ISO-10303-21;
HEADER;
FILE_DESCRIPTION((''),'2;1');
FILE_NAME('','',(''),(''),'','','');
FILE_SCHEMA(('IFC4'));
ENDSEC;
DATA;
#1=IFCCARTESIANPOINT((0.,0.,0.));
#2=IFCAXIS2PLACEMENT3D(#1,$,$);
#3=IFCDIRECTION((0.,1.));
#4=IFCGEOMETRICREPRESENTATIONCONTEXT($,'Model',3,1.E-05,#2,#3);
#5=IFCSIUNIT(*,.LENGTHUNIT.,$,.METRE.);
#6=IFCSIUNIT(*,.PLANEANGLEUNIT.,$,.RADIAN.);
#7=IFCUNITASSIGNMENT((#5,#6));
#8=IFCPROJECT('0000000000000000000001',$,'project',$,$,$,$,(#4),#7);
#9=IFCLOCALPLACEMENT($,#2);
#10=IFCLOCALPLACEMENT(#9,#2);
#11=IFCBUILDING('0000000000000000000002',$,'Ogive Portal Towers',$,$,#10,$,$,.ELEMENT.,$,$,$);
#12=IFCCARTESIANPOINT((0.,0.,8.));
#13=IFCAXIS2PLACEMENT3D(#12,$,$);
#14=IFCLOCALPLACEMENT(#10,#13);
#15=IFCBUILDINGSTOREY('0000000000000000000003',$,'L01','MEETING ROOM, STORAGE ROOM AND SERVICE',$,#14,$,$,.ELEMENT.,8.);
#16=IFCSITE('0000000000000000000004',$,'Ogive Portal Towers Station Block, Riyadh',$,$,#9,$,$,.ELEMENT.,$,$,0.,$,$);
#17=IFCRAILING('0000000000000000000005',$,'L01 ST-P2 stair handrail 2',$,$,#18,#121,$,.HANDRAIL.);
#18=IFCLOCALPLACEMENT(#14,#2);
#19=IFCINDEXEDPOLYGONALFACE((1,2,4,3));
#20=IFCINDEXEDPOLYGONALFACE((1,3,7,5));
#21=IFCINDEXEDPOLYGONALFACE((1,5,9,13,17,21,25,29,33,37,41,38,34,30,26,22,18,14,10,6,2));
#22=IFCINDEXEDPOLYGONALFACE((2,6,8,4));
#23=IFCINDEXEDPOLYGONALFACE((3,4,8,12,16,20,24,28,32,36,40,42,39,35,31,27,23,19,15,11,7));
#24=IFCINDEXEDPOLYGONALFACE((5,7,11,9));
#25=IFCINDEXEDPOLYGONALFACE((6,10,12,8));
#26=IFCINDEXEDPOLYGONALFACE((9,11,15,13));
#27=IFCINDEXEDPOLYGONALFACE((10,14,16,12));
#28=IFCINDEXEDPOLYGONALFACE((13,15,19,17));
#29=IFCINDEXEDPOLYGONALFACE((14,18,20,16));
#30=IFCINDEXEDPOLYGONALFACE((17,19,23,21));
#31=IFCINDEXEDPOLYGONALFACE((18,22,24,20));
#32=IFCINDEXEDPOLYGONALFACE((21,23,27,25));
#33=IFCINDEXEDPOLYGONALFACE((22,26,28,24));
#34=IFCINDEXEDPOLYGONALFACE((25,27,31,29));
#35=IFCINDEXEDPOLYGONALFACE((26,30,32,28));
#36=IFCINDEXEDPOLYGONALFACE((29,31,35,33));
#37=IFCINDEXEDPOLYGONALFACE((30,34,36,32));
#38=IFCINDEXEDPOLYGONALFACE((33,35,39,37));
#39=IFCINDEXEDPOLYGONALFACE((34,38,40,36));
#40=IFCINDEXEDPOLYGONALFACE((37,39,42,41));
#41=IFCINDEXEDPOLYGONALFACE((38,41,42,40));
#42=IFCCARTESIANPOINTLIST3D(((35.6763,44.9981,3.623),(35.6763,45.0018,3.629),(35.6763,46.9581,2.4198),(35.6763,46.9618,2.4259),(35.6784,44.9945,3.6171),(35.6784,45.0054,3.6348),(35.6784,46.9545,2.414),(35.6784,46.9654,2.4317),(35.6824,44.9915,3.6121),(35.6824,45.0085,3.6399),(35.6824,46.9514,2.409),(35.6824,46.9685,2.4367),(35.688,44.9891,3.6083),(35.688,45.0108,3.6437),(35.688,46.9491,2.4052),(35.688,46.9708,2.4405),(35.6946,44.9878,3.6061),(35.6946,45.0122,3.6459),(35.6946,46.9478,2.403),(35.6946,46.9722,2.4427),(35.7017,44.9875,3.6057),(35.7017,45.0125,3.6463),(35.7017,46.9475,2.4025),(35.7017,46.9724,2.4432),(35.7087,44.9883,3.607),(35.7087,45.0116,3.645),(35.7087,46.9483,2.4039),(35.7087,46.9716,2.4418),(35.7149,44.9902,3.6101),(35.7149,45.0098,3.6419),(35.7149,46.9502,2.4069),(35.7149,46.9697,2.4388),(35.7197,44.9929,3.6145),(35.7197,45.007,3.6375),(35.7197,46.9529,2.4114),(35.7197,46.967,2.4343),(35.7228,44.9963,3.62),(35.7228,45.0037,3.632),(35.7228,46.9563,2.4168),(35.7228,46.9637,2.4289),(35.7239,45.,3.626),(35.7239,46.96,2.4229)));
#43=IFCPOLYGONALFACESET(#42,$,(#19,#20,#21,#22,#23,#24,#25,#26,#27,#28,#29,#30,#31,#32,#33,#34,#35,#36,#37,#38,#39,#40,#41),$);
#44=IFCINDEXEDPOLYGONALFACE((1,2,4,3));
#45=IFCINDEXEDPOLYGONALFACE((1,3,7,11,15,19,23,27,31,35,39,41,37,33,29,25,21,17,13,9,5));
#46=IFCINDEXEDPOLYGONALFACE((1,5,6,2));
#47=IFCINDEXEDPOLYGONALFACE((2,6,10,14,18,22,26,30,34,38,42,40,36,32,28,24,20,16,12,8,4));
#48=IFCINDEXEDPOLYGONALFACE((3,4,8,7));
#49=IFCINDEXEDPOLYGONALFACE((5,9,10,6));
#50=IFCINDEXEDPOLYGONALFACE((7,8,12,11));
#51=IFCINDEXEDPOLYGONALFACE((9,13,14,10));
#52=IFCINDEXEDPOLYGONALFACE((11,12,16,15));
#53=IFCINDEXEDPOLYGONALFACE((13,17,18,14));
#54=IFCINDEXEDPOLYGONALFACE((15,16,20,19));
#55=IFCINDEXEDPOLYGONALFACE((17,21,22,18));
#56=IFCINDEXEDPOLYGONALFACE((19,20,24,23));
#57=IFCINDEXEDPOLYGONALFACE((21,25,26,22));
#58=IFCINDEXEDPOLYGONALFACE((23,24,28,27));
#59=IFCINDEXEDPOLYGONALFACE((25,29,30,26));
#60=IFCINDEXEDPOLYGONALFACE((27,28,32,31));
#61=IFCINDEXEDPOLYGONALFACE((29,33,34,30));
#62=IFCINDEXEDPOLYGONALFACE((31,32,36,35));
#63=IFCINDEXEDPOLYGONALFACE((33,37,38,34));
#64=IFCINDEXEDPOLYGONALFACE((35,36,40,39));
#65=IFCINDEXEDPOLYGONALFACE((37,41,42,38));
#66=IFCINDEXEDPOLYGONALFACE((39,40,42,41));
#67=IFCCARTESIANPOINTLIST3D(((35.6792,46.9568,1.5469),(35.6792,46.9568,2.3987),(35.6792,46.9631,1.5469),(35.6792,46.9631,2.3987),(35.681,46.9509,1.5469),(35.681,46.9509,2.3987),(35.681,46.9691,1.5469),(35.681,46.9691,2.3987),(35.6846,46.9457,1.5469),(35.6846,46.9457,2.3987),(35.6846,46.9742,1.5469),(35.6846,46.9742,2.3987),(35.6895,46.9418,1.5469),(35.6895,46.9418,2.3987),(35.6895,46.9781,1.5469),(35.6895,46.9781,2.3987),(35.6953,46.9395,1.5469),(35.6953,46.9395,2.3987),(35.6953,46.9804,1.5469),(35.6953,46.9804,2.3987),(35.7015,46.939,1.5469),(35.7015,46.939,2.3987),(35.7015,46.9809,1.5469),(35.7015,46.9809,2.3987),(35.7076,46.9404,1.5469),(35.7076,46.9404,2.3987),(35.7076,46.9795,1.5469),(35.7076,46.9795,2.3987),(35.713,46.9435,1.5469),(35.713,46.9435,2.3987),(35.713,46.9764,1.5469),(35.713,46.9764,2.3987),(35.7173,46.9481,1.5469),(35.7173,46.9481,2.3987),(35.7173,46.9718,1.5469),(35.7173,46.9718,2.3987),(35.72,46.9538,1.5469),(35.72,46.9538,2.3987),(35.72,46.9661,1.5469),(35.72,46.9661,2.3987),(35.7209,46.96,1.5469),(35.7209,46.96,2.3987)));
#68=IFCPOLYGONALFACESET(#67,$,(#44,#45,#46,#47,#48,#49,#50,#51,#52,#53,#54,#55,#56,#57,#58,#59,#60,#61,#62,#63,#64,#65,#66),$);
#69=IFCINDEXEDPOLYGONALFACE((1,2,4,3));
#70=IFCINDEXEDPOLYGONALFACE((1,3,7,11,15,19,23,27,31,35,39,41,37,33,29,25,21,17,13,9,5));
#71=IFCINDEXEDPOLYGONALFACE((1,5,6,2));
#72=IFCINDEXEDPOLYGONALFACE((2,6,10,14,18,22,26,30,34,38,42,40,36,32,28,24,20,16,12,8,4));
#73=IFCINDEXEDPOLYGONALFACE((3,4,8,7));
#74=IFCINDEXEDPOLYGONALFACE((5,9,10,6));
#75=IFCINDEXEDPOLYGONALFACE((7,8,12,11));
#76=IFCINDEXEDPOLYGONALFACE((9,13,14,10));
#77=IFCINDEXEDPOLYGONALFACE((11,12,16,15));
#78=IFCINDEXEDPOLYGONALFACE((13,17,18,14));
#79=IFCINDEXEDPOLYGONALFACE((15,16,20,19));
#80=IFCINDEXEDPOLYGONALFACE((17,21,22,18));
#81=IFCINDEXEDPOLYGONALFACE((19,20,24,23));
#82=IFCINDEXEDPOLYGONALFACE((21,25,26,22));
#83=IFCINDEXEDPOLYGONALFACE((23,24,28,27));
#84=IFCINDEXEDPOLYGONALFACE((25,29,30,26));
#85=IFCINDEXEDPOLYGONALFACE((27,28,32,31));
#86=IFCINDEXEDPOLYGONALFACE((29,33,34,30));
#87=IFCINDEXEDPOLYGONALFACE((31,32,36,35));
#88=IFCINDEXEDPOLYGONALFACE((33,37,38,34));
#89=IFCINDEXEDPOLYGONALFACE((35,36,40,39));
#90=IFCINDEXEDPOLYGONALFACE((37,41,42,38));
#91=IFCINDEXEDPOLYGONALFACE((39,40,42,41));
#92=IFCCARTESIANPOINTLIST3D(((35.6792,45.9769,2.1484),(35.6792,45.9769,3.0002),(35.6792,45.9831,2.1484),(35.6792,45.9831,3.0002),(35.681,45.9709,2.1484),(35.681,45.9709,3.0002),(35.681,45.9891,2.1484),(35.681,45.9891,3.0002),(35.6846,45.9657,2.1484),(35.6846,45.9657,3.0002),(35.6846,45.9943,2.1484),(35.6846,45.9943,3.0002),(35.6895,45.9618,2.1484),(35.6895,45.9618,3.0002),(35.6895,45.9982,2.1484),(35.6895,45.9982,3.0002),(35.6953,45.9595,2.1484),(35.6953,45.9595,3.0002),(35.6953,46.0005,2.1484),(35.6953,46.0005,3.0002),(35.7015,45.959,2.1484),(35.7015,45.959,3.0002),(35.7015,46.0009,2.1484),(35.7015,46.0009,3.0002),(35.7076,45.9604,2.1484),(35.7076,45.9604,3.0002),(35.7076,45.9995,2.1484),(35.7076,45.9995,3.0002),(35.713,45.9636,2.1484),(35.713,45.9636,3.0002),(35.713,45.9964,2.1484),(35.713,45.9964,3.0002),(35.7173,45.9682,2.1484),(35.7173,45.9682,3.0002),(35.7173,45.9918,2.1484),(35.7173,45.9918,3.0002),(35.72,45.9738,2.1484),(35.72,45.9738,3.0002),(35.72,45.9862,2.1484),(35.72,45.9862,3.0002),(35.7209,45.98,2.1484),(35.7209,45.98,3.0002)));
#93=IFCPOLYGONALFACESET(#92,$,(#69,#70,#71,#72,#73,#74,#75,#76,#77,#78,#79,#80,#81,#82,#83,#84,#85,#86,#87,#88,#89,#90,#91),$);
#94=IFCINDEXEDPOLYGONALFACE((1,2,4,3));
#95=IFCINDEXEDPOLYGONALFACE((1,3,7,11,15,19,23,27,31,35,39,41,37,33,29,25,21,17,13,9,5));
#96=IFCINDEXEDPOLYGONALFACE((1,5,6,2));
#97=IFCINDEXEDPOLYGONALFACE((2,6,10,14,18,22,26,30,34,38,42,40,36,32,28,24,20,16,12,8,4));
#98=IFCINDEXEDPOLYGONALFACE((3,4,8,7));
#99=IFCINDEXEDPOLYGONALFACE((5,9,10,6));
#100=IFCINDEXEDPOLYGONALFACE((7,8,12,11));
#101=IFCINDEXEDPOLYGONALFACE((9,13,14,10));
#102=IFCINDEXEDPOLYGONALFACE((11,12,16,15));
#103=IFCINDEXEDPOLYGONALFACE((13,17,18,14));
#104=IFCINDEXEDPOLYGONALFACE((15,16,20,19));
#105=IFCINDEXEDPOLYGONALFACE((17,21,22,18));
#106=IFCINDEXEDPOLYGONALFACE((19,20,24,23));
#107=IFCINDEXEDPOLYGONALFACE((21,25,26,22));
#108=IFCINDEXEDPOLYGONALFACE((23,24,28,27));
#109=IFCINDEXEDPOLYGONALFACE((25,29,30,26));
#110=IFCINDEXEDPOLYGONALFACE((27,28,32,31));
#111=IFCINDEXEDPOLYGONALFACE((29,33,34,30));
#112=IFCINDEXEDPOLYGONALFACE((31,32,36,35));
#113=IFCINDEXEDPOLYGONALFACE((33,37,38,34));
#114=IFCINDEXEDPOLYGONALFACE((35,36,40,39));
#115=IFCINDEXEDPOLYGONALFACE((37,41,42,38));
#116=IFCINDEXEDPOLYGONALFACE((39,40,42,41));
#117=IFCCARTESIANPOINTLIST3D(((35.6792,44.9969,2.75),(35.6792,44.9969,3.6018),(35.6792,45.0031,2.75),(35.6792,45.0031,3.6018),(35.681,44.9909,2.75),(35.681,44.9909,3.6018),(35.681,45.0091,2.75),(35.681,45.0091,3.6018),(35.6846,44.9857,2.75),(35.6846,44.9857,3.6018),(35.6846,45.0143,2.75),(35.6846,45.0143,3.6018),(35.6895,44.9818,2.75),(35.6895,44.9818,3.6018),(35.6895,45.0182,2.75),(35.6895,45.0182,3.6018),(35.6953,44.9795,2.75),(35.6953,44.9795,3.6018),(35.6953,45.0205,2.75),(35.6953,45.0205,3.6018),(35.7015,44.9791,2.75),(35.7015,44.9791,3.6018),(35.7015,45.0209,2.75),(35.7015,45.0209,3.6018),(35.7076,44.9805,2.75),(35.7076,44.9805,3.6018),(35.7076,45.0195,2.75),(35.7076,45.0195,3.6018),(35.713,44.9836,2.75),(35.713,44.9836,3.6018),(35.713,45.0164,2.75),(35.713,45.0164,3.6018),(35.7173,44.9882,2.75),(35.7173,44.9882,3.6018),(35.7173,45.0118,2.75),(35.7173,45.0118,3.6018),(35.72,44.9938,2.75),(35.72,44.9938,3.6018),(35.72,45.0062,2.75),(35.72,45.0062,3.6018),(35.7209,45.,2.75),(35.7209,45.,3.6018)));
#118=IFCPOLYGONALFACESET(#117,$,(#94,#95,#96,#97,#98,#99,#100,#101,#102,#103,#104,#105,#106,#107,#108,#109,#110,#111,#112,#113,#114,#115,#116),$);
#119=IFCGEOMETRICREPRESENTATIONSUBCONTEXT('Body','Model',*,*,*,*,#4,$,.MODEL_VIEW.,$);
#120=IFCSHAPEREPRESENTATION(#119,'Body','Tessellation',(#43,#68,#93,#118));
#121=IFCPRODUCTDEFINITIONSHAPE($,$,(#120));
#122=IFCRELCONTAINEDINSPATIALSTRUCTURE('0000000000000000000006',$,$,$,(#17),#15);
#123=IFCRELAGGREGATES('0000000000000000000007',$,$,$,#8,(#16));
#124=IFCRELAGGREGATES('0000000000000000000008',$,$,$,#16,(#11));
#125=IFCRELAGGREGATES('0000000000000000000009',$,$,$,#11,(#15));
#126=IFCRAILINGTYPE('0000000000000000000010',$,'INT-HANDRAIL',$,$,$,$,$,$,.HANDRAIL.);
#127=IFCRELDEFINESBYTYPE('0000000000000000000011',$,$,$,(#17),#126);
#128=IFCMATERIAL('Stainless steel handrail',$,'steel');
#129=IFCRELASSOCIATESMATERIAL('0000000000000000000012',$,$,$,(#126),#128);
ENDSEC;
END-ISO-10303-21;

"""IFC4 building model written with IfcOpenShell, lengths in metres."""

from ifc_helpers import new_model, si_unit, direction, frame, origin, origin_2d, place, context, subcontext, project, spatial, circle, extrude, material, type_object, element, save


model = new_model("IFC4")

# Units and contexts
model_context = context("Model", 3, precision=1e-05, world=origin(), true_north=direction((0.0, 1.0)))
body_context = subcontext(model_context, "Body", "Model", "MODEL_VIEW")
ifc_project = project(units=[si_unit("LENGTHUNIT", "METRE"), si_unit("PLANEANGLEUNIT", "RADIAN")], contexts=[model_context])

# Site, building, storey
site_placement = place(None, origin())
site = spatial("IfcSite", under=ifc_project, at=site_placement, Name="Ogive Portal Towers Station Block, Riyadh", CompositionType="ELEMENT", RefElevation=0.0)
building_placement = place(site_placement, origin())
building = spatial("IfcBuilding", under=site, at=building_placement, Name="Ogive Portal Towers", CompositionType="ELEMENT")
storey_placement = place(building_placement, frame((0.0, 0.0, 8.0)))
storey = spatial("IfcBuildingStorey", under=building, at=storey_placement, Name="L01", Description="MEETING ROOM, STORAGE ROOM AND SERVICE", CompositionType="ELEMENT", Elevation=8.0)

# Railing
ifc_material_1 = material(Name="Stainless steel handrail", Category="steel")
railing_type_1 = type_object("IfcRailingType", Name="INT-HANDRAIL", PredefinedType="HANDRAIL", material=ifc_material_1)
railing_1_placement = place(storey_placement, frame((35.7, 46.96, 1.5469)))
element("IfcRailing", 1, at=railing_1_placement, inside=storey, type_object=railing_type_1, Name="L01 ST-P2 stair handrail 2", PredefinedType="HANDRAIL", context=body_context, shape_type="SweptSolid", body=[
    extrude(circle(Radius=0.0239, at=origin_2d()), frame((0.0, 0.0, 0.876), z_axis=(0.0, -0.852241, 0.523149), x_axis=(1.0, 0.0, 0.0)), (0.0, 0.0, 1.0), 2.2998),
    extrude(circle(Radius=0.021, at=origin_2d()), origin(), (0.0, 0.0, 1.0), 0.8518),
    extrude(circle(Radius=0.021, at=origin_2d()), frame((0.0, -0.98, 0.6016)), (0.0, 0.0, 1.0), 0.8518),
    extrude(circle(Radius=0.021, at=origin_2d()), frame((0.0, -1.96, 1.2031)), (0.0, 0.0, 1.0), 0.8518),
])

save(model, "model.ifc")
